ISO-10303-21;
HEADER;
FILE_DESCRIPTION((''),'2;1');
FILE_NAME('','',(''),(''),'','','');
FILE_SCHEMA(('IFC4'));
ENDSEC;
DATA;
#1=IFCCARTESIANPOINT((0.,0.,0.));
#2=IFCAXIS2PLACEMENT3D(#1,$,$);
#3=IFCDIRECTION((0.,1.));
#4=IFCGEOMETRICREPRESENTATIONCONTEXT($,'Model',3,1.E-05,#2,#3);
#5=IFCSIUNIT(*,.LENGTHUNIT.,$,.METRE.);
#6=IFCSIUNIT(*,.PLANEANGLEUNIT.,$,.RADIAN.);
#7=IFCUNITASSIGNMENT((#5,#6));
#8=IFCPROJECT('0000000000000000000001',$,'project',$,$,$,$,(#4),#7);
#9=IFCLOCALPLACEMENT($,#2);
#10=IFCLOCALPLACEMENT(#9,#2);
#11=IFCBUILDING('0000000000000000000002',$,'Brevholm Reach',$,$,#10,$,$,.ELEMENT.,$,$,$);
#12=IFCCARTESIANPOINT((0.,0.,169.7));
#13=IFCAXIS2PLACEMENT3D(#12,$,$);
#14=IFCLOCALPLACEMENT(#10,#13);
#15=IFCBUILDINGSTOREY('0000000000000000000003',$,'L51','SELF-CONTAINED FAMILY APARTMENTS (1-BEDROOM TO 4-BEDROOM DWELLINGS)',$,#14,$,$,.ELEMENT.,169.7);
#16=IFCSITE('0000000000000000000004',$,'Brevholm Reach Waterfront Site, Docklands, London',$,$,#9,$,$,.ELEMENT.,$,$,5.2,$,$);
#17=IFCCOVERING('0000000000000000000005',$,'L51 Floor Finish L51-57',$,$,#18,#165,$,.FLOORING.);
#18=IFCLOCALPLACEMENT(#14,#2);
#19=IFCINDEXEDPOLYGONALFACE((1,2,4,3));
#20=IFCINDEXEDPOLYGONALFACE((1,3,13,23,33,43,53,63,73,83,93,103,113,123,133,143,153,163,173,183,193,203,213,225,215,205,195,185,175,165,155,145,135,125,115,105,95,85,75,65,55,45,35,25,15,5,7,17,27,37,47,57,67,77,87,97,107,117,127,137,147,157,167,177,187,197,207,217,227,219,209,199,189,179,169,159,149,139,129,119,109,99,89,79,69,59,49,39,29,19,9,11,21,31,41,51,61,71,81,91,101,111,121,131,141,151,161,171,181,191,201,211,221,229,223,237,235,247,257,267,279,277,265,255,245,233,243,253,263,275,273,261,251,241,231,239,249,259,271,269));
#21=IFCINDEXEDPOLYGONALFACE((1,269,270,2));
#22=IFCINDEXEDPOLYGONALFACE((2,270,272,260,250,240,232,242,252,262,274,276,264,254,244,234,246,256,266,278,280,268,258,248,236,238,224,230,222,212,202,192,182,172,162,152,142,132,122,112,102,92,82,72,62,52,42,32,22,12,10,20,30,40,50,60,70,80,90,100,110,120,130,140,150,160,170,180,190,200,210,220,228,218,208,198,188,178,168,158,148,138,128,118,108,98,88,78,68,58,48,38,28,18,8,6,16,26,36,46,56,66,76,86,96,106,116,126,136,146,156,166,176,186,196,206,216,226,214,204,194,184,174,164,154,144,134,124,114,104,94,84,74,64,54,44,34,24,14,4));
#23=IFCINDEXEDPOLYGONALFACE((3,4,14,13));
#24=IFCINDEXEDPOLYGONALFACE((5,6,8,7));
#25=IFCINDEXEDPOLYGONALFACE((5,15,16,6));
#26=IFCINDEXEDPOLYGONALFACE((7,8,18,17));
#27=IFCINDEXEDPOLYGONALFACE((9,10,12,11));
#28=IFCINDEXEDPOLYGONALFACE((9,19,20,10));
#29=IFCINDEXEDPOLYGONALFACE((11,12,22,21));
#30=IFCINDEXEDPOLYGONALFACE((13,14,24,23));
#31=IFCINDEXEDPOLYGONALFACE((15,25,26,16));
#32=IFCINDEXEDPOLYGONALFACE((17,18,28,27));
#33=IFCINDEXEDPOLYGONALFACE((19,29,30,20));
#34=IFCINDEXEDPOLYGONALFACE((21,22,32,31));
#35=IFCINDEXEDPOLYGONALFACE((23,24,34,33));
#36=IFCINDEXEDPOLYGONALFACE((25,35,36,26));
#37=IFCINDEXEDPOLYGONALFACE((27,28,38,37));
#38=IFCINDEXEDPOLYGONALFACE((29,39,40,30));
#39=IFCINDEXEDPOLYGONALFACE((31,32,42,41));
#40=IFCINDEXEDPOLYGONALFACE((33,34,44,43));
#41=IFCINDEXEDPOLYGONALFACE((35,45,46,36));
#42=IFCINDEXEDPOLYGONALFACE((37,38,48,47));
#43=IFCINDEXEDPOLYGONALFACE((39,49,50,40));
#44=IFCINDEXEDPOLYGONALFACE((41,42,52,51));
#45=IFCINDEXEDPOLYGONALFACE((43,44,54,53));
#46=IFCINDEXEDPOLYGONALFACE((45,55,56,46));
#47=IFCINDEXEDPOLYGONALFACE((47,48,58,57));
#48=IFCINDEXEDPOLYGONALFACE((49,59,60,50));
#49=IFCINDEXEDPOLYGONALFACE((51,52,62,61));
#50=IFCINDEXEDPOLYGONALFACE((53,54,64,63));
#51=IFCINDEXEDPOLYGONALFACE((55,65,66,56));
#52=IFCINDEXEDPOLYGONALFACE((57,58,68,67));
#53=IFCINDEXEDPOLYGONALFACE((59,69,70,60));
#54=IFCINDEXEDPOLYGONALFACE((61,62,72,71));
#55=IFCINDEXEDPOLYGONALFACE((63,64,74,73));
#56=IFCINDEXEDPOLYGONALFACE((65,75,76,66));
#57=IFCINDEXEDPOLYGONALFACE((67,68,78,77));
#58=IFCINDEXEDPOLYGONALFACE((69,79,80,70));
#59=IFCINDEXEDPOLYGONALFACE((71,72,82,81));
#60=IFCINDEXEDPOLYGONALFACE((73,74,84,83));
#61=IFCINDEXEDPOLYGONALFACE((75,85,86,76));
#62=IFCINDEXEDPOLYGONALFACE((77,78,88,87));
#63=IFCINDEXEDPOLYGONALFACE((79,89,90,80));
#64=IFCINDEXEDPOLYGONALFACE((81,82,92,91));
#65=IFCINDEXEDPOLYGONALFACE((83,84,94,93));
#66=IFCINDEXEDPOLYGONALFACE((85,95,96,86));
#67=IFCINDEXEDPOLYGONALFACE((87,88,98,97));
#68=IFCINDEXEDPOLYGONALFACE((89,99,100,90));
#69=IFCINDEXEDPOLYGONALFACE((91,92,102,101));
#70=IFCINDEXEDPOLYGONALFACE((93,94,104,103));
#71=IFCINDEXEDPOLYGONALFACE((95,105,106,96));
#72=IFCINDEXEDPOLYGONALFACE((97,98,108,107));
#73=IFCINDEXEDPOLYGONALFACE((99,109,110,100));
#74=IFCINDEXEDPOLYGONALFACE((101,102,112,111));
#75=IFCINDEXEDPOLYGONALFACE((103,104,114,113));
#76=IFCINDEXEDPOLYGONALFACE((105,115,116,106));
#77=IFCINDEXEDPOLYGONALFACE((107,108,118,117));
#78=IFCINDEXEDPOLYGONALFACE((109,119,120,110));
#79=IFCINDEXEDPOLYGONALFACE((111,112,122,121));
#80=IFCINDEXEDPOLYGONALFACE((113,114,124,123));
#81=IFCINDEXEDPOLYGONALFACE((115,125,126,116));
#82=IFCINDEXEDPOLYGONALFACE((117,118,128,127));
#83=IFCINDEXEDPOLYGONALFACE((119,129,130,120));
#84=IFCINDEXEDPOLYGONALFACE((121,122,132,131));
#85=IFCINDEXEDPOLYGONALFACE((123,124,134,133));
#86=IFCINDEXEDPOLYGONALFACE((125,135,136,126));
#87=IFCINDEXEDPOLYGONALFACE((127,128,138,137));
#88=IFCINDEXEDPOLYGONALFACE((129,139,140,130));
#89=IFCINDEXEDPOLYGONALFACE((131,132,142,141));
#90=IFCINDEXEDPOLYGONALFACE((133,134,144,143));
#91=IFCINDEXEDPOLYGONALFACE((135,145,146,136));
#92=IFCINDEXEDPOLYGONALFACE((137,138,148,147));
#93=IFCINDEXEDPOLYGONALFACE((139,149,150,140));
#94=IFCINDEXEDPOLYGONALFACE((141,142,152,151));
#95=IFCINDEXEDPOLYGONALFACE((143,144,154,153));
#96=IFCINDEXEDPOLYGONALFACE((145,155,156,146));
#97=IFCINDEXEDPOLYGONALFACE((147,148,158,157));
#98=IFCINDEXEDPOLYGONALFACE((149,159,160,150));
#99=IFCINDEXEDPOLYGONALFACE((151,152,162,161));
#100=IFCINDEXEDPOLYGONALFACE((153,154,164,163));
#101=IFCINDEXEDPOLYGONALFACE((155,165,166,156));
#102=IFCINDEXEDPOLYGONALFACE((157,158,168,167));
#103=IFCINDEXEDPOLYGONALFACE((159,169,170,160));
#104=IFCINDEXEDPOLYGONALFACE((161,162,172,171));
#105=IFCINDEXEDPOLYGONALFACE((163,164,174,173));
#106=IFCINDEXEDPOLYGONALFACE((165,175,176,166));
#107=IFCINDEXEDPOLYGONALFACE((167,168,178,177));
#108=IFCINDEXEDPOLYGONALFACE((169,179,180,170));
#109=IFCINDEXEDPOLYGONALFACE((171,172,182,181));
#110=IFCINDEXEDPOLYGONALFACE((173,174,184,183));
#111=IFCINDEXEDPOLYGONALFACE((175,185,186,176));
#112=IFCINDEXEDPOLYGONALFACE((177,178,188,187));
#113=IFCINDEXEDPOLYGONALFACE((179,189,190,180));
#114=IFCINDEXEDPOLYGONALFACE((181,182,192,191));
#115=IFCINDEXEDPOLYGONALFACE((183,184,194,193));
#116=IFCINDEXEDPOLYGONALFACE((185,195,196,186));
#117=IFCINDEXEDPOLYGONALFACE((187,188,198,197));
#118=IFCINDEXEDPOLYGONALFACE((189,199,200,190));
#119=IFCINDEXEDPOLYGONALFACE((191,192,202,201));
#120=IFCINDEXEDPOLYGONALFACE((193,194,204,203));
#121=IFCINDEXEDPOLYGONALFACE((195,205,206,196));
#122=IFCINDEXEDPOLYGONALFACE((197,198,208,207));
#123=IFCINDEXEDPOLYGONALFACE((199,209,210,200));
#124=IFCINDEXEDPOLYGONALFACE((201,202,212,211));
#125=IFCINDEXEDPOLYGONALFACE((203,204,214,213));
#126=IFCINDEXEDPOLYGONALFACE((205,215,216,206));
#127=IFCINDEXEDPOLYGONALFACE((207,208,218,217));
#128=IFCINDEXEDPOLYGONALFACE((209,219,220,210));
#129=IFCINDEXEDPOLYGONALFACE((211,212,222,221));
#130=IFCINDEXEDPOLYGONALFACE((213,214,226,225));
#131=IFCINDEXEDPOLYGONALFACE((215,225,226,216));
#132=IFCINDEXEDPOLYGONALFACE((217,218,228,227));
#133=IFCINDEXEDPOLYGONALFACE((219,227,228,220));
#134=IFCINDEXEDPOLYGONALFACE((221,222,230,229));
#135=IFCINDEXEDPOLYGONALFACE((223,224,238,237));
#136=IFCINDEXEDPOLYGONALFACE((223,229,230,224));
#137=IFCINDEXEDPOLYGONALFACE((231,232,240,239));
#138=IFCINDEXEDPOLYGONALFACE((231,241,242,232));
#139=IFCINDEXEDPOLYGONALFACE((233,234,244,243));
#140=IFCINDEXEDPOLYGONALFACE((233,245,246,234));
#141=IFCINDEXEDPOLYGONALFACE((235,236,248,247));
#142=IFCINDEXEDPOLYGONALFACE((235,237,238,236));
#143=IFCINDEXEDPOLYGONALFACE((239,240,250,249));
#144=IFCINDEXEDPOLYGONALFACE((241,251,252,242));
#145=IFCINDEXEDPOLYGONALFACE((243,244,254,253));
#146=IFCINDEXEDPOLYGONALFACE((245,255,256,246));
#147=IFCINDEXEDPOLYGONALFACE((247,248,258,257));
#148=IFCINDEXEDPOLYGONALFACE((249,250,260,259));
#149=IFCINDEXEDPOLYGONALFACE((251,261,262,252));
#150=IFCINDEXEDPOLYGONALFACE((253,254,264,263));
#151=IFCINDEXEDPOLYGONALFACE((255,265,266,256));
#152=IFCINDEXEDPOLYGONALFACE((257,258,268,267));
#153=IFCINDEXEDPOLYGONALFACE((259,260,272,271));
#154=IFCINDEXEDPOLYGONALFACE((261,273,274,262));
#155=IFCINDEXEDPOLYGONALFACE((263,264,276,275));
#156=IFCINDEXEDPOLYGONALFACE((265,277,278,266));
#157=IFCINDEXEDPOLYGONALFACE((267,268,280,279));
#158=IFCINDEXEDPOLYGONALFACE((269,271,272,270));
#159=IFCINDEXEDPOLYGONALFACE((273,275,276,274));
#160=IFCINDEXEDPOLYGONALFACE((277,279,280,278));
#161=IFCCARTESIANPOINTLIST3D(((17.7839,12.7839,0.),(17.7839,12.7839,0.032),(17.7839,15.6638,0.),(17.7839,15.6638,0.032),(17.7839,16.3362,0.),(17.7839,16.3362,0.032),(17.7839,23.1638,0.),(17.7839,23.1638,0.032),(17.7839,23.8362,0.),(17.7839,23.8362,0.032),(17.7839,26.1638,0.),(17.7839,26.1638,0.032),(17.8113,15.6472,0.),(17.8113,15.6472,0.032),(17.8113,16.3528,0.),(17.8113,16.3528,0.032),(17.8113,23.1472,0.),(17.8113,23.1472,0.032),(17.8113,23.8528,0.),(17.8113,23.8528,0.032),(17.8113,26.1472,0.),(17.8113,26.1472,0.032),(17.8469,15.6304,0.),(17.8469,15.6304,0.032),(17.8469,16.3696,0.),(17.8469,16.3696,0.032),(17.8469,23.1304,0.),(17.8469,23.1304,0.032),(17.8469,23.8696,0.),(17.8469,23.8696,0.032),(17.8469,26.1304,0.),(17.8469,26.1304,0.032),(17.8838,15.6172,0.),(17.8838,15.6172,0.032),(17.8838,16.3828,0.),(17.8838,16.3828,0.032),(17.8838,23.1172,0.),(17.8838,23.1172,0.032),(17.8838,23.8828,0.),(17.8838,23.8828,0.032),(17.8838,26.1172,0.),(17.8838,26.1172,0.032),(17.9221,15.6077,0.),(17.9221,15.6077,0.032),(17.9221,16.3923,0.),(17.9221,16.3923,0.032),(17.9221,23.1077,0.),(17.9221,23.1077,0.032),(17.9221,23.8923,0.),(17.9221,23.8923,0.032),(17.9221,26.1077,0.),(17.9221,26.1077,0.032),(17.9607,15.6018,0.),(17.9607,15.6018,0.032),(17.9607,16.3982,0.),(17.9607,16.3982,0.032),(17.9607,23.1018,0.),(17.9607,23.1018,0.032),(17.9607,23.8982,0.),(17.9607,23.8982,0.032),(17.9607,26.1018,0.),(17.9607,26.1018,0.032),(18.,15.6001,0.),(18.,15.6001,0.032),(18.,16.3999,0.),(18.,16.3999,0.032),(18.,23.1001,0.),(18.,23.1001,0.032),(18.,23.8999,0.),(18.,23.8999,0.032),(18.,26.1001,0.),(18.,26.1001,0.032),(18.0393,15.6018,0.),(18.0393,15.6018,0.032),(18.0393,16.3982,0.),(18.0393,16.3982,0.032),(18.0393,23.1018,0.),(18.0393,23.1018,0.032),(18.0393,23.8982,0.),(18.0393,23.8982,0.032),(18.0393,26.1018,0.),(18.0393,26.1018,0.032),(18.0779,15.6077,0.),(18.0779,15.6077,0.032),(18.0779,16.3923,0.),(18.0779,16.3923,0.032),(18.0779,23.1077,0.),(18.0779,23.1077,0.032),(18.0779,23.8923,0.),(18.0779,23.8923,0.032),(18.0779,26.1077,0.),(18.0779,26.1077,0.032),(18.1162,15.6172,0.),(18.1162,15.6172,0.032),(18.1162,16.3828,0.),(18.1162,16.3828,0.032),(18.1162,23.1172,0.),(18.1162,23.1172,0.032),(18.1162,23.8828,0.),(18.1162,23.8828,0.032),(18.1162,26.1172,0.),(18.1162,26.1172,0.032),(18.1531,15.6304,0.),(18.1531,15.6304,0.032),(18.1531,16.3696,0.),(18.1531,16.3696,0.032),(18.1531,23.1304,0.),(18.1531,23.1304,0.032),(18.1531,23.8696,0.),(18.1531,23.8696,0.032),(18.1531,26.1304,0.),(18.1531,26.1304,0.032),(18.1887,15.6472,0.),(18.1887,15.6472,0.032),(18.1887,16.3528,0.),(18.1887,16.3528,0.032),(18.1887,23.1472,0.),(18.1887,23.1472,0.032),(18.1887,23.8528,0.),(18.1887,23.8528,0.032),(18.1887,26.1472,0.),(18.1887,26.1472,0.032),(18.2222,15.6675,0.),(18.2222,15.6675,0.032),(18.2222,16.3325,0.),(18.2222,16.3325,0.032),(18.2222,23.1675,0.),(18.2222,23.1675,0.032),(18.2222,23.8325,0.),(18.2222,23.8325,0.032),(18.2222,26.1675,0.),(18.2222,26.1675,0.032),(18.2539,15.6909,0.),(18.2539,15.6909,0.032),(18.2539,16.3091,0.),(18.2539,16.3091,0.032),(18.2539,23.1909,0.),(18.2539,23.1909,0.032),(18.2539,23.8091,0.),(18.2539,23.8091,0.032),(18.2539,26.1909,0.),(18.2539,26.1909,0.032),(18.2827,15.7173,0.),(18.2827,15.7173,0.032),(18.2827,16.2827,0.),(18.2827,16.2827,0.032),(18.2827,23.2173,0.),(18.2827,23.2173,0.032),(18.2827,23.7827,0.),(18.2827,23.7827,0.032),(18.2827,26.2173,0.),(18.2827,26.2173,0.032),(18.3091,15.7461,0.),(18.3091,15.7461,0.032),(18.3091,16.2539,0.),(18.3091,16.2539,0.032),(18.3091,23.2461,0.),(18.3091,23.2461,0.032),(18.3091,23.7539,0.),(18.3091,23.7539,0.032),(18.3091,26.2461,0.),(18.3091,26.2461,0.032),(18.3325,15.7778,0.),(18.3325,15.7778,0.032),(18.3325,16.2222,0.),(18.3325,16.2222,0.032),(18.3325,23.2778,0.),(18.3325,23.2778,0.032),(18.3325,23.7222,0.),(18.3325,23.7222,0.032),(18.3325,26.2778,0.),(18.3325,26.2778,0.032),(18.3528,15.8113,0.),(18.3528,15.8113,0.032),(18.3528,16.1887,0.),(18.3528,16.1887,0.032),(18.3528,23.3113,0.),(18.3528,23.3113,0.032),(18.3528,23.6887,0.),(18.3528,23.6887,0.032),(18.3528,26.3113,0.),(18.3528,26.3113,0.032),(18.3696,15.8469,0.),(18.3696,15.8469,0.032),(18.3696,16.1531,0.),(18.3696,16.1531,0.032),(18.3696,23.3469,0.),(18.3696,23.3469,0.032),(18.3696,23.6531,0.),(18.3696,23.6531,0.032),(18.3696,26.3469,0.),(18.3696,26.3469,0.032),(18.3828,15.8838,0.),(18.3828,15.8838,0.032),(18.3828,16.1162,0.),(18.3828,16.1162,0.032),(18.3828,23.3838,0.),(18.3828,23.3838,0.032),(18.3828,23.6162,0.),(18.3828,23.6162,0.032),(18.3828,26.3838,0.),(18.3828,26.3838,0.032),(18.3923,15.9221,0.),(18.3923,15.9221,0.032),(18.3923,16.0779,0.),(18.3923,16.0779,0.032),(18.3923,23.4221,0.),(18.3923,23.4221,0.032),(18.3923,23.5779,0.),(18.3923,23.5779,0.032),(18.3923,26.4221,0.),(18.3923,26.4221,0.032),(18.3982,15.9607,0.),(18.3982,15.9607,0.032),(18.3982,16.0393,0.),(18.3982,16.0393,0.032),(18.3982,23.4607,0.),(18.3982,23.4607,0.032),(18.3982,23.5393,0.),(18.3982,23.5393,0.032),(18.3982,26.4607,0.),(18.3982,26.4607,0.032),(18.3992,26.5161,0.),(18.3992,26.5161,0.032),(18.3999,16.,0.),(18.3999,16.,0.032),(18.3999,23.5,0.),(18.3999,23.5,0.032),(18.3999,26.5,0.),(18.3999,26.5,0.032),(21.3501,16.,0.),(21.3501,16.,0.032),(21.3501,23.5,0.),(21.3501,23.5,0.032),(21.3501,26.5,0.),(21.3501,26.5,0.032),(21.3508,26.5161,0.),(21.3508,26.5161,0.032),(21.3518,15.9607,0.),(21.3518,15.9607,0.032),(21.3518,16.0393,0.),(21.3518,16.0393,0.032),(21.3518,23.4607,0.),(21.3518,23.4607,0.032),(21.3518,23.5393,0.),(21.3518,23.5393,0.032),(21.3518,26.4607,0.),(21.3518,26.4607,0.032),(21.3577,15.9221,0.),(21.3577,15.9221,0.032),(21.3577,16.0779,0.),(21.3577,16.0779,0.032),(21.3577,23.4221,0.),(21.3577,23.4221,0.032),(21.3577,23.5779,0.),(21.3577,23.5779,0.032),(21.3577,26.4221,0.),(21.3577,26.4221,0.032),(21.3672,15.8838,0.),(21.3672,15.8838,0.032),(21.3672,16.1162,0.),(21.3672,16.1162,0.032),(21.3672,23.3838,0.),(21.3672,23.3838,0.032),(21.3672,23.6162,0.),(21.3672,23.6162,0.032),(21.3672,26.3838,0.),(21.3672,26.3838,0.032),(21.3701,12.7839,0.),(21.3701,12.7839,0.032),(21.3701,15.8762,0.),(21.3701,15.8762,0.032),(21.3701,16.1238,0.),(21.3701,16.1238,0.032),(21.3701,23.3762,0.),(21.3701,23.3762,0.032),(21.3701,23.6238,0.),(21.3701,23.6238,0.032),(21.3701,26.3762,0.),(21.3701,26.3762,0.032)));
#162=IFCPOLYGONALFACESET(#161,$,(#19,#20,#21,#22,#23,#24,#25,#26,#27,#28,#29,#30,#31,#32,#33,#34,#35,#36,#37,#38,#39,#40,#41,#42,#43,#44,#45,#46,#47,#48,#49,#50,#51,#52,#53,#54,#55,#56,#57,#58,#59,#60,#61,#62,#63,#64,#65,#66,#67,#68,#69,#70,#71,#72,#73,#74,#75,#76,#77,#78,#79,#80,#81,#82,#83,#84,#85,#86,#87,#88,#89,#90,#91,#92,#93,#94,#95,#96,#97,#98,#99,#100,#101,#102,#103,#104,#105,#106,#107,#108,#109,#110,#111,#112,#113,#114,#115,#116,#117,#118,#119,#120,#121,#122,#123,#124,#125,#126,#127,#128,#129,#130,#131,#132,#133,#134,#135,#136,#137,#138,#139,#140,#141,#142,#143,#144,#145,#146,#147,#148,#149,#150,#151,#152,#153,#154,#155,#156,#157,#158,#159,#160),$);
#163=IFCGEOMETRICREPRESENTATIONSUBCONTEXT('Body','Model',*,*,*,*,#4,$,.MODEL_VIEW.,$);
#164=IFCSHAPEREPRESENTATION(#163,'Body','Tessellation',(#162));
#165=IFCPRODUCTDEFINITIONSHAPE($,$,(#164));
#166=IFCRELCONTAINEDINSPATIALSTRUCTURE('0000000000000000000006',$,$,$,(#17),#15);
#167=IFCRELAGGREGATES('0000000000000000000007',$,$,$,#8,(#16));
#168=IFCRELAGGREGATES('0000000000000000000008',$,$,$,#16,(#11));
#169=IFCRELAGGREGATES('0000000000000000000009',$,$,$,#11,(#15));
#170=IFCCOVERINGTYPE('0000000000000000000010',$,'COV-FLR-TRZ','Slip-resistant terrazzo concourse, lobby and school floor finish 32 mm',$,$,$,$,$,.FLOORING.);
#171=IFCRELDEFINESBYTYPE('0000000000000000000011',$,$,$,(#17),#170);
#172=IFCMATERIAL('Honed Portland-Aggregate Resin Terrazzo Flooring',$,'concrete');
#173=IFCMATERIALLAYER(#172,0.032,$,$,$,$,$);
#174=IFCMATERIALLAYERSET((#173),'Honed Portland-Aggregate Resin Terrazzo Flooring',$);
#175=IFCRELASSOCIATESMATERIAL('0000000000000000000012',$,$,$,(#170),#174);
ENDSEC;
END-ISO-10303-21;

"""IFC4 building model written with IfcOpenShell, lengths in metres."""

from ifc_helpers import new_model, si_unit, direction, frame, origin, place, context, subcontext, project, spatial, polyline, outline, extrude, material, layer, layer_set, type_object, element, save


model = new_model("IFC4")

# Units and contexts
model_context = context("Model", 3, precision=1e-05, world=origin(), true_north=direction((0.0, 1.0)))
body_context = subcontext(model_context, "Body", "Model", "MODEL_VIEW")
ifc_project = project(units=[si_unit("LENGTHUNIT", "METRE"), si_unit("PLANEANGLEUNIT", "RADIAN")], contexts=[model_context])

# Site, building, storey
site_placement = place(None, origin())
site = spatial("IfcSite", under=ifc_project, at=site_placement, Name="Brevholm Reach Waterfront Site, Docklands, London", CompositionType="ELEMENT", RefElevation=5.2)
building_placement = place(site_placement, origin())
building = spatial("IfcBuilding", under=site, at=building_placement, Name="Brevholm Reach", CompositionType="ELEMENT")
storey_placement = place(building_placement, frame((0.0, 0.0, 169.7)))
storey = spatial("IfcBuildingStorey", under=building, at=storey_placement, Name="L51", Description="SELF-CONTAINED FAMILY APARTMENTS (1-BEDROOM TO 4-BEDROOM DWELLINGS)", CompositionType="ELEMENT", Elevation=169.7)

# Covering
ifc_material_1 = material(Name="Honed Portland-Aggregate Resin Terrazzo Flooring", Category="concrete")
ifc_layer_1 = layer(ifc_material_1, 0.032)
ifc_layer_set_1 = layer_set([ifc_layer_1], Name="Honed Portland-Aggregate Resin Terrazzo Flooring")
covering_type_1 = type_object("IfcCoveringType", Name="COV-FLR-TRZ", Description="Slip-resistant terrazzo concourse, lobby and school floor finish 32 mm", PredefinedType="FLOORING", material=ifc_layer_set_1)
covering_1_placement = place(storey_placement, origin())
element("IfcCovering", 1, at=covering_1_placement, inside=storey, type_object=covering_type_1, Name="L51 Floor Finish L51-57", PredefinedType="FLOORING", context=body_context, shape_type="SweptSolid", body=[
    extrude(outline(polyline([(21.3701, 23.6238), (21.3672, 23.6162), (21.3577, 23.5779), (21.3518, 23.5393), (21.3501, 23.5), (21.3518, 23.4607), (21.3577, 23.4221), (21.3672, 23.3838), (21.3701, 23.3762), (21.3701, 16.1238), (21.3672, 16.1162), (21.3577, 16.0779), (21.3518, 16.0393), (21.3501, 16.0), (21.3518, 15.9607), (21.3577, 15.9221), (21.3672, 15.8838), (21.3701, 15.8762), (21.3701, 12.7839), (17.7839, 12.7839), (17.7839, 15.6638), (17.8113, 15.6472), (17.8469, 15.6304), (17.8838, 15.6172), (17.9221, 15.6077), (17.9607, 15.6018), (18.0, 15.6001), (18.0393, 15.6018), (18.0779, 15.6077), (18.1162, 15.6172), (18.1531, 15.6304), (18.1887, 15.6472), (18.2222, 15.6675), (18.2539, 15.6909), (18.2827, 15.7173), (18.3091, 15.7461), (18.3325, 15.7778), (18.3528, 15.8113), (18.3696, 15.8469), (18.3828, 15.8838), (18.3923, 15.9221), (18.3982, 15.9607), (18.3999, 16.0), (18.3982, 16.0393), (18.3923, 16.0779), (18.3828, 16.1162), (18.3696, 16.1531), (18.3528, 16.1887), (18.3325, 16.2222), (18.3091, 16.2539), (18.2827, 16.2827), (18.2539, 16.3091), (18.2222, 16.3325), (18.1887, 16.3528), (18.1531, 16.3696), (18.1162, 16.3828), (18.0779, 16.3923), (18.0393, 16.3982), (18.0, 16.3999), (17.9607, 16.3982), (17.9221, 16.3923), (17.8838, 16.3828), (17.8469, 16.3696), (17.8113, 16.3528), (17.7839, 16.3362), (17.7839, 23.1638), (17.8113, 23.1472), (17.8469, 23.1304), (17.8838, 23.1172), (17.9221, 23.1077), (17.9607, 23.1018), (18.0, 23.1001), (18.0393, 23.1018), (18.0779, 23.1077), (18.1162, 23.1172), (18.1531, 23.1304), (18.1887, 23.1472), (18.2222, 23.1675), (18.2539, 23.1909), (18.2827, 23.2173), (18.3091, 23.2461), (18.3325, 23.2778), (18.3528, 23.3113), (18.3696, 23.3469), (18.3828, 23.3838), (18.3923, 23.4221), (18.3982, 23.4607), (18.3999, 23.5), (18.3982, 23.5393), (18.3923, 23.5779), (18.3828, 23.6162), (18.3696, 23.6531), (18.3528, 23.6887), (18.3325, 23.7222), (18.3091, 23.7539), (18.2827, 23.7827), (18.2539, 23.8091), (18.2222, 23.8325), (18.1887, 23.8528), (18.1531, 23.8696), (18.1162, 23.8828), (18.0779, 23.8923), (18.0393, 23.8982), (18.0, 23.8999), (17.9607, 23.8982), (17.9221, 23.8923), (17.8838, 23.8828), (17.8469, 23.8696), (17.8113, 23.8528), (17.7839, 23.8362), (17.7839, 26.1638), (17.8113, 26.1472), (17.8469, 26.1304), (17.8838, 26.1172), (17.9221, 26.1077), (17.9607, 26.1018), (18.0, 26.1001), (18.0393, 26.1018), (18.0779, 26.1077), (18.1162, 26.1172), (18.1531, 26.1304), (18.1887, 26.1472), (18.2222, 26.1675), (18.2539, 26.1909), (18.2827, 26.2173), (18.3091, 26.2461), (18.3325, 26.2778), (18.3528, 26.3113), (18.3696, 26.3469), (18.3828, 26.3838), (18.3923, 26.4221), (18.3982, 26.4607), (18.3999, 26.5), (18.3992, 26.5161), (21.3508, 26.5161), (21.3501, 26.5), (21.3518, 26.4607), (21.3577, 26.4221), (21.3672, 26.3838), (21.3701, 26.3762), (21.3701, 23.6238)])), origin(), (0.0, 0.0, 1.0), 0.032),
])

save(model, "model.ifc")
